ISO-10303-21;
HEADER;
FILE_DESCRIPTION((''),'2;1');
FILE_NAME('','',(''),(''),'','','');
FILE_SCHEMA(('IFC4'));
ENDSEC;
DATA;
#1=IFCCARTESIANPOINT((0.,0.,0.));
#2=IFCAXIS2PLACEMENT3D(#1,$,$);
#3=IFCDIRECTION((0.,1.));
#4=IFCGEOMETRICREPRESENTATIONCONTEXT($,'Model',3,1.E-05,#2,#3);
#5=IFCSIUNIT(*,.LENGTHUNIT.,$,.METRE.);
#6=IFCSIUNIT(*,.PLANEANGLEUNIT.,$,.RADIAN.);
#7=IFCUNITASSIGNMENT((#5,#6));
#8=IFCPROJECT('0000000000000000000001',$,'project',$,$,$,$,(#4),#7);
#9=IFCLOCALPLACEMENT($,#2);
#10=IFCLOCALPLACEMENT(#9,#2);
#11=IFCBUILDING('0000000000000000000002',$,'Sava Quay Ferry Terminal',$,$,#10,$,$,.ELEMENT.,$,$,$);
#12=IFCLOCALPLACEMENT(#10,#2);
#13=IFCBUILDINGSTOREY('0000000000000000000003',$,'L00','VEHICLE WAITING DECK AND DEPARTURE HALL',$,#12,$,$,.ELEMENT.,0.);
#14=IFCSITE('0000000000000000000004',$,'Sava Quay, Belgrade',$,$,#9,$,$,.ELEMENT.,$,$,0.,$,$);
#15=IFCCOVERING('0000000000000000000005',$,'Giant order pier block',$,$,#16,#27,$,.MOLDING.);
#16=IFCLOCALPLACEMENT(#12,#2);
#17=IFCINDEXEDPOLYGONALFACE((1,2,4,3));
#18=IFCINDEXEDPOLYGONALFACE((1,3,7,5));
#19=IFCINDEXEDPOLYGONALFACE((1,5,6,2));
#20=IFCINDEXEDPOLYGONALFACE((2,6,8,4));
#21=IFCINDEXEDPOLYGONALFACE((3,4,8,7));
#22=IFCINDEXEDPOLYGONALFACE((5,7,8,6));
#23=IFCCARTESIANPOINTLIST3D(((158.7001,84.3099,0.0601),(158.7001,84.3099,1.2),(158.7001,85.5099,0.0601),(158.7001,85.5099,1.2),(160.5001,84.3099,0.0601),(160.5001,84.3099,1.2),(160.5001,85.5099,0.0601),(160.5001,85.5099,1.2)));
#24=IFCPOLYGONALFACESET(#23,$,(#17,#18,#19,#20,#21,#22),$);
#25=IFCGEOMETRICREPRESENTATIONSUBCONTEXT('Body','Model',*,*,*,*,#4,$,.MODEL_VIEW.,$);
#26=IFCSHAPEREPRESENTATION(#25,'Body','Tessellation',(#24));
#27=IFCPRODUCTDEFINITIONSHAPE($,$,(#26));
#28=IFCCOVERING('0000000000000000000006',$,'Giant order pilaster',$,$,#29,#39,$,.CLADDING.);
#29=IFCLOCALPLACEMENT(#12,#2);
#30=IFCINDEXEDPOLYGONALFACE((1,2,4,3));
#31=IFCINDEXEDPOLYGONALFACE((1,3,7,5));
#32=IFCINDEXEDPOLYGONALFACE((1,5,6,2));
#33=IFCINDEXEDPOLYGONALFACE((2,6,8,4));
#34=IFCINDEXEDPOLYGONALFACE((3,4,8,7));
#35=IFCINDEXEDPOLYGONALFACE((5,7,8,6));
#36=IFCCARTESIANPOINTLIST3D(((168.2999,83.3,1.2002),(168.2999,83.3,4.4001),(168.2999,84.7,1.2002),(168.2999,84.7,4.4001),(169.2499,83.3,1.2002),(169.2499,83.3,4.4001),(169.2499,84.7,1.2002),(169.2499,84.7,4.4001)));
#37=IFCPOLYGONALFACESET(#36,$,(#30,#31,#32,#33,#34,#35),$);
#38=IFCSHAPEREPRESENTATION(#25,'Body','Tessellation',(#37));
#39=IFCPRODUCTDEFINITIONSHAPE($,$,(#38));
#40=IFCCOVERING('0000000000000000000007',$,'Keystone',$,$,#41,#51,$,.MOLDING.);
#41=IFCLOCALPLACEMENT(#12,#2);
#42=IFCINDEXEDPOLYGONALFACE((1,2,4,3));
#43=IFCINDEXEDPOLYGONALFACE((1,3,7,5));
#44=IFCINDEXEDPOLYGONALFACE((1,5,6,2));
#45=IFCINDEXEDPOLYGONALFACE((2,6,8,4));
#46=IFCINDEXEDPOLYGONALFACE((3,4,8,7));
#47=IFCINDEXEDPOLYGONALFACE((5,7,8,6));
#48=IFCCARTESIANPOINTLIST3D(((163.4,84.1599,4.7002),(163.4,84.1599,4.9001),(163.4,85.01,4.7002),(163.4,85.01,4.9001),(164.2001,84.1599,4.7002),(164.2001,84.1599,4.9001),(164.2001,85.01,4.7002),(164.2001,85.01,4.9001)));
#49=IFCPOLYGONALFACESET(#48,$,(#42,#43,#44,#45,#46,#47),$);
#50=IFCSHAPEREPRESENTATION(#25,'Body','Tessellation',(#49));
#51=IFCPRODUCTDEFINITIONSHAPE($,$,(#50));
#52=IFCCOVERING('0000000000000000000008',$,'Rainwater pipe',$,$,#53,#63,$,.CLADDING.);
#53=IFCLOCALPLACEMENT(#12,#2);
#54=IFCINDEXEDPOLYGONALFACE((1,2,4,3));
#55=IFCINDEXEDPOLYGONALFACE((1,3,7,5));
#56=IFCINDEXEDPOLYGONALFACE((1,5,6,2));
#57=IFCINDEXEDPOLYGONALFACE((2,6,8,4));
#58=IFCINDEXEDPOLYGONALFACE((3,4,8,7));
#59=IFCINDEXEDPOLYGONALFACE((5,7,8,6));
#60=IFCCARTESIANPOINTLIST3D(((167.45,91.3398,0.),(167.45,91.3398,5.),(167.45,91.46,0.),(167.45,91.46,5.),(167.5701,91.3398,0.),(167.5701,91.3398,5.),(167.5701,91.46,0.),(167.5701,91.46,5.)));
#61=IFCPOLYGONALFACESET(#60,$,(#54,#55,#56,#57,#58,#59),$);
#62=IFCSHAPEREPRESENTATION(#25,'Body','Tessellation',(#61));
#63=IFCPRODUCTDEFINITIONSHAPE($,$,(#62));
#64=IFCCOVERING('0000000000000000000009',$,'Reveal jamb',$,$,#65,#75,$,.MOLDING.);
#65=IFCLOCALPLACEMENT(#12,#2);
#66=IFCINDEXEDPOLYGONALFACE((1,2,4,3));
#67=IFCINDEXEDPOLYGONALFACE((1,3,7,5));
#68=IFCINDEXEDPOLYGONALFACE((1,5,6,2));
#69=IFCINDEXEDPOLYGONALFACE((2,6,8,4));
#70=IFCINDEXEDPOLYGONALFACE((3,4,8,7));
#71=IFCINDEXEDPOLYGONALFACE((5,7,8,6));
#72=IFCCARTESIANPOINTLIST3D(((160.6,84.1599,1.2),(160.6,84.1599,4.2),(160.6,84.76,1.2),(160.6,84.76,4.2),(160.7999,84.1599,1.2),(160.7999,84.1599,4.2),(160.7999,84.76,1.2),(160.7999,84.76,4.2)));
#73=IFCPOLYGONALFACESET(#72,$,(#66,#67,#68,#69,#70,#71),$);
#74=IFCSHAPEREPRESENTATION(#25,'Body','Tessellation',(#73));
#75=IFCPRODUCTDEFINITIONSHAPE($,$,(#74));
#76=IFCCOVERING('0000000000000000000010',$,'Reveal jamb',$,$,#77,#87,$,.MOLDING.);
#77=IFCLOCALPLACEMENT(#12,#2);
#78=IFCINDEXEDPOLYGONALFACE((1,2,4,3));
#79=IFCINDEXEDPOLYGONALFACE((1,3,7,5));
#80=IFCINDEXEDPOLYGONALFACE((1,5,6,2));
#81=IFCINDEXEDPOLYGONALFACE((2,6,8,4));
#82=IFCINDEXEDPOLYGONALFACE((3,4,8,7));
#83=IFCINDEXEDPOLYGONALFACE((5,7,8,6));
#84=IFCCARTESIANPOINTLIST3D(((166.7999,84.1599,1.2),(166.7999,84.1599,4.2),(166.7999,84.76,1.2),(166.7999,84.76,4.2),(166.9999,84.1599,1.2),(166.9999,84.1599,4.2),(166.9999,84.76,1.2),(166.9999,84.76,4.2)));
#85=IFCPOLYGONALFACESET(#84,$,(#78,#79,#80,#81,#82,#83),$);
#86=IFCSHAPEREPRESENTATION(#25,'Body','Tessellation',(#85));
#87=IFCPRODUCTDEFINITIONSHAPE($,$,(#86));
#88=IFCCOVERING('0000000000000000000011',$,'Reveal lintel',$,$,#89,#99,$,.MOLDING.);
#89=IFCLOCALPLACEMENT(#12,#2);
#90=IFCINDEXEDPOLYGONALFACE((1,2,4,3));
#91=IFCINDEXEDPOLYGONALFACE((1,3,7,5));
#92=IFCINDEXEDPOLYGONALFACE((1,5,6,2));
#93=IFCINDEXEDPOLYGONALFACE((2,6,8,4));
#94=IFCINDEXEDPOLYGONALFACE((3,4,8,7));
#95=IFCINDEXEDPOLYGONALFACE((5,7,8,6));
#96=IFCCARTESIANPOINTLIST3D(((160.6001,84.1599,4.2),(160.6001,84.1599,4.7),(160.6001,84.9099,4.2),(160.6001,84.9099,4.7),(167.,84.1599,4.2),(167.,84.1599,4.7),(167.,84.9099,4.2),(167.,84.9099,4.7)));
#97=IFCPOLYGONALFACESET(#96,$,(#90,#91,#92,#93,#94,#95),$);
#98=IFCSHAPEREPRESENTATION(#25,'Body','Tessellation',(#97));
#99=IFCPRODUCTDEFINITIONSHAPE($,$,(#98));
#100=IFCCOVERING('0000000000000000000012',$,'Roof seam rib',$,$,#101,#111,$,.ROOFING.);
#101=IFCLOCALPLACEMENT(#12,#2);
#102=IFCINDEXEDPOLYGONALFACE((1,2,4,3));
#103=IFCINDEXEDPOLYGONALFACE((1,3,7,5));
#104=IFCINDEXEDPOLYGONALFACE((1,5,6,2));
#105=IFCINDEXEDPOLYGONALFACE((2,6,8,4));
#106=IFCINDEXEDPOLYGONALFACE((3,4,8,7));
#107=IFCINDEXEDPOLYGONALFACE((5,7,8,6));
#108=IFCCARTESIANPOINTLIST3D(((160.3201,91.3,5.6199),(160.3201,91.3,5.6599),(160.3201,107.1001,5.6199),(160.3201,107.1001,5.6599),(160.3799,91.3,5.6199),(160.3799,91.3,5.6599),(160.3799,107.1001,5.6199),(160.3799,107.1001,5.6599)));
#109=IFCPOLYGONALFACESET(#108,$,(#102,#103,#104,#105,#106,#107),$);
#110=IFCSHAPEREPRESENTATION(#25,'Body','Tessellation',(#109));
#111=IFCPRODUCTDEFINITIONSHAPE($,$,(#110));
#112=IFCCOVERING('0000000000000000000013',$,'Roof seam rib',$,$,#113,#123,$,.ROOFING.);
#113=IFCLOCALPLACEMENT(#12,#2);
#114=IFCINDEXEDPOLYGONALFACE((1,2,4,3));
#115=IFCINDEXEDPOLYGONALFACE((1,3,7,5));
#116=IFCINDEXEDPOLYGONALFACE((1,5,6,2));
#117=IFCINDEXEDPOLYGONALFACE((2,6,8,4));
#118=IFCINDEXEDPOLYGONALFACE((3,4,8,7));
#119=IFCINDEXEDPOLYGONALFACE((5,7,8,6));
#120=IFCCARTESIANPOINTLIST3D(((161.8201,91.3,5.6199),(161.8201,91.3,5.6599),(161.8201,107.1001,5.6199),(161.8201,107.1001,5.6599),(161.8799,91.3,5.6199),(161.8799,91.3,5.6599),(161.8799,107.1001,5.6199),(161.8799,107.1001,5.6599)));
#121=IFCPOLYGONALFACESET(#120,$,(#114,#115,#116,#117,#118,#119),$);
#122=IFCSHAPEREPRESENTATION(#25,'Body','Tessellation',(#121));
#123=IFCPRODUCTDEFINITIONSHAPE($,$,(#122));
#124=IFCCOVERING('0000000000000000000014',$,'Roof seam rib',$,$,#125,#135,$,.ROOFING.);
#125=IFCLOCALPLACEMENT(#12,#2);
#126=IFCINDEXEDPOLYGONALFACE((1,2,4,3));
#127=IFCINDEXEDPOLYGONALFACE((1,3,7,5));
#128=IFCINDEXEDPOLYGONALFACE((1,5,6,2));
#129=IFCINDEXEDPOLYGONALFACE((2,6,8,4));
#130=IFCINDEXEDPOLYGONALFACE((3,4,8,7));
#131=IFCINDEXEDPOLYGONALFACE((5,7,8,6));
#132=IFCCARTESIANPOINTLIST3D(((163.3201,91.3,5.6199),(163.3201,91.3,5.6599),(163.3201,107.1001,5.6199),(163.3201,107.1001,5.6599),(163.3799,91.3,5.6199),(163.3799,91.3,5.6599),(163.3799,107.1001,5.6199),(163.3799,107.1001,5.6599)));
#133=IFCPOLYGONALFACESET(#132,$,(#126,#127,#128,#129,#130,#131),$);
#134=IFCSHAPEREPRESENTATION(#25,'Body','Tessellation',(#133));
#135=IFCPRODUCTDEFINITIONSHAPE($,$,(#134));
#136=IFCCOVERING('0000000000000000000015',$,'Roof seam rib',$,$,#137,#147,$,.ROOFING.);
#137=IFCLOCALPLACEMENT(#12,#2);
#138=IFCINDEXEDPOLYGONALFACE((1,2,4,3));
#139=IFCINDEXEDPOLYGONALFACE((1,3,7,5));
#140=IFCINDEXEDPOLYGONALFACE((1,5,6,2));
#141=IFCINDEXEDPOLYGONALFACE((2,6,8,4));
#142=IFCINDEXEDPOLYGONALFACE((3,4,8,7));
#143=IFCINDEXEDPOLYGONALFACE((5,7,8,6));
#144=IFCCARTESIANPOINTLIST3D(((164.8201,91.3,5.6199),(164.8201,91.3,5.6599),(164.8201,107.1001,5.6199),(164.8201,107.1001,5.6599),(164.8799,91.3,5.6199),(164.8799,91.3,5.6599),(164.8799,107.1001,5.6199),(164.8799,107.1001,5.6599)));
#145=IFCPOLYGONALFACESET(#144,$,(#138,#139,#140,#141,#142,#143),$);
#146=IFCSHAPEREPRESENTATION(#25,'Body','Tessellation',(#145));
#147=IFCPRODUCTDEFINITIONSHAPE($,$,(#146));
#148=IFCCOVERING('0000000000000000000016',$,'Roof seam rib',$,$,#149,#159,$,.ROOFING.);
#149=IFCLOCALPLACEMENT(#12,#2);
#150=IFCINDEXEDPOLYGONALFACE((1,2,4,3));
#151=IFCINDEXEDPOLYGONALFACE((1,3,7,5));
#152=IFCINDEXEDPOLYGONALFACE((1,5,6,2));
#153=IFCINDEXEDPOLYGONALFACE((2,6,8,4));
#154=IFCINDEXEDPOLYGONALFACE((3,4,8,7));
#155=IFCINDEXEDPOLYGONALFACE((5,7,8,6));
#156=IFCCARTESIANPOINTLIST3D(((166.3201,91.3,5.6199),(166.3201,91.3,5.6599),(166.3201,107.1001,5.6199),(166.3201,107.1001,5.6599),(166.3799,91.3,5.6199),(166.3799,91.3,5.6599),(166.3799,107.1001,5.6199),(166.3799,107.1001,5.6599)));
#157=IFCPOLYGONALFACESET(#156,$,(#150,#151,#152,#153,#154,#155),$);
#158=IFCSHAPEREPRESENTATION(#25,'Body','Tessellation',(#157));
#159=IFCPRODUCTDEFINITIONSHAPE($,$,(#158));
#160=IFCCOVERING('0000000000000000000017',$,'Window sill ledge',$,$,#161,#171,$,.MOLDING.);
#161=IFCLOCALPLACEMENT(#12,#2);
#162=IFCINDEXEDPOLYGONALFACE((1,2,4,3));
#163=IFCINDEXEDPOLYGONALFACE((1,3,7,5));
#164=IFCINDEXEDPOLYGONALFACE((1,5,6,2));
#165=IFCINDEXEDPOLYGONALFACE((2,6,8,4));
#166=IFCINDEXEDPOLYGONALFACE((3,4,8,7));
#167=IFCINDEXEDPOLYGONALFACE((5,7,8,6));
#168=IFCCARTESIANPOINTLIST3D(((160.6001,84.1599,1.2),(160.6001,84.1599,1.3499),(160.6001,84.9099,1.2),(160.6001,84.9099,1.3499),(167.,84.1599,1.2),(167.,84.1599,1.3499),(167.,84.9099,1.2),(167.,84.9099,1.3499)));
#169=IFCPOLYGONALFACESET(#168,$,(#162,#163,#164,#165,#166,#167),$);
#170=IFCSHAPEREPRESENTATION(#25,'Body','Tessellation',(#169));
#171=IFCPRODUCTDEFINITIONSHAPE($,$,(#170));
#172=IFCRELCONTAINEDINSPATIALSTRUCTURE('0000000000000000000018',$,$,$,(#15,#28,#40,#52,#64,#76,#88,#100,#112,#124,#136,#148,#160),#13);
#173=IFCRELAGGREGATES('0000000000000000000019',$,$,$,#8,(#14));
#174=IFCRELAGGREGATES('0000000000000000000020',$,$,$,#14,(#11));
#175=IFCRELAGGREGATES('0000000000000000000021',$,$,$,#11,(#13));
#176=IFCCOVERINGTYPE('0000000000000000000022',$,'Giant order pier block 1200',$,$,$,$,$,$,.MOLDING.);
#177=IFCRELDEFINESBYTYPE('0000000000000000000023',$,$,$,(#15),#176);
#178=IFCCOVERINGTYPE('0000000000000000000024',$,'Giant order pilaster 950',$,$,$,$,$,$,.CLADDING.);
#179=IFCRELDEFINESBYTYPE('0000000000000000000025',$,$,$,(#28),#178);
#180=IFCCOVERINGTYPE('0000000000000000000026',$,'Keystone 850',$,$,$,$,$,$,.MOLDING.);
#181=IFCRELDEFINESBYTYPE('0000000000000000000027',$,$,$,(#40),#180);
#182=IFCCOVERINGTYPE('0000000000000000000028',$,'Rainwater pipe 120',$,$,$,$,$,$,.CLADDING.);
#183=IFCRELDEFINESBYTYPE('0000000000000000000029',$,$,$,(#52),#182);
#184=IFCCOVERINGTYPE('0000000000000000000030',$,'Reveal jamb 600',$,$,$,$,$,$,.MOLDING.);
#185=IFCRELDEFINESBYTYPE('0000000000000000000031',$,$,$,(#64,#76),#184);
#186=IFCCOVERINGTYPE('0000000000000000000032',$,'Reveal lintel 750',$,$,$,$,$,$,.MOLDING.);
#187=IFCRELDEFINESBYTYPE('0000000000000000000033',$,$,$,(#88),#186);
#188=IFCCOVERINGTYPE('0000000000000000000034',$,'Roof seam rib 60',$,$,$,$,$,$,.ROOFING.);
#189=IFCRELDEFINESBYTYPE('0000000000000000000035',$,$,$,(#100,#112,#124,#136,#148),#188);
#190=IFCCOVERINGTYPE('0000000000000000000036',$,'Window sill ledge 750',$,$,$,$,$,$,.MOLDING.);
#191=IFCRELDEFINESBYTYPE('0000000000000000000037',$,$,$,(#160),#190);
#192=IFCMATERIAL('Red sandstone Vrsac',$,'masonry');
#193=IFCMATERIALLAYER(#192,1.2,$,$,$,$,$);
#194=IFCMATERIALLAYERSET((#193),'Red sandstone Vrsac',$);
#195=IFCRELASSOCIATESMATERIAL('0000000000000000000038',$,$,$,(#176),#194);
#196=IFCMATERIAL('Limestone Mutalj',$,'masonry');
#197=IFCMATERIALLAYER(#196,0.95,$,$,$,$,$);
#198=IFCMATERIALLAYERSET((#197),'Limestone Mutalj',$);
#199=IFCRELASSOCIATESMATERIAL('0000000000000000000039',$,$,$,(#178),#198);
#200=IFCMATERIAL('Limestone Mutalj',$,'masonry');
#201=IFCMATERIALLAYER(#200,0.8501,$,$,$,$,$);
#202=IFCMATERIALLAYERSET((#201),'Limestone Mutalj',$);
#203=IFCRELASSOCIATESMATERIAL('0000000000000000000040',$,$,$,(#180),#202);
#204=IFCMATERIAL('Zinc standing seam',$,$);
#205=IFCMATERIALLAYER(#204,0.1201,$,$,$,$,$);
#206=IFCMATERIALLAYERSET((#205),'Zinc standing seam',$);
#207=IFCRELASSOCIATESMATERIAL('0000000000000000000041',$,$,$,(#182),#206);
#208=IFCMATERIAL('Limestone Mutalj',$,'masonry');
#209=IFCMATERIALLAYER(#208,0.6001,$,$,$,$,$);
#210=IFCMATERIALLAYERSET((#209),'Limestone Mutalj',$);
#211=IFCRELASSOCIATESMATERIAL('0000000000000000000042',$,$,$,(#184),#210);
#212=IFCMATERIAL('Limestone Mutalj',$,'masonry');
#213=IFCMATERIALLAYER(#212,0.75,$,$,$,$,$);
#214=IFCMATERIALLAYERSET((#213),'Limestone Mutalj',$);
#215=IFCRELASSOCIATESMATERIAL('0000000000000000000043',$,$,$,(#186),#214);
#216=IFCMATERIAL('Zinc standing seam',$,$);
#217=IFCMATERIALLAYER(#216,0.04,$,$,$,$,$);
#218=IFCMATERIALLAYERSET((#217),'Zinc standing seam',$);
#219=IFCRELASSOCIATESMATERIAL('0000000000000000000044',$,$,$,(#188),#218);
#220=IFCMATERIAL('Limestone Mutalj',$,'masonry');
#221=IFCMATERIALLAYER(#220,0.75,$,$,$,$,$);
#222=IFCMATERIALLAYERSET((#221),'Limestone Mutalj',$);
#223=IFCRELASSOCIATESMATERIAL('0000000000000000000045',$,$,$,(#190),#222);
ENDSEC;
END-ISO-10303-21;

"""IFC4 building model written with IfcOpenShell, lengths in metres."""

from ifc_helpers import new_model, si_unit, direction, frame, origin, origin_2d, place, context, subcontext, project, spatial, polyline, rectangle, outline, extrude, material, layer, layer_set, type_object, element, save


model = new_model("IFC4")

# Units and contexts
model_context = context("Model", 3, precision=1e-05, world=origin(), true_north=direction((0.0, 1.0)))
body_context = subcontext(model_context, "Body", "Model", "MODEL_VIEW")
ifc_project = project(units=[si_unit("LENGTHUNIT", "METRE"), si_unit("PLANEANGLEUNIT", "RADIAN")], contexts=[model_context])

# Site, building, storey
site_placement = place(None, origin())
site = spatial("IfcSite", under=ifc_project, at=site_placement, Name="Sava Quay, Belgrade", CompositionType="ELEMENT", RefElevation=0.0)
building_placement = place(site_placement, origin())
building = spatial("IfcBuilding", under=site, at=building_placement, Name="Sava Quay Ferry Terminal", CompositionType="ELEMENT")
storey_placement = place(building_placement, origin())
storey = spatial("IfcBuildingStorey", under=building, at=storey_placement, Name="L00", Description="VEHICLE WAITING DECK AND DEPARTURE HALL", CompositionType="ELEMENT", Elevation=0.0)

# Coverings
ifc_material_1 = material(Name="Red sandstone Vrsac", Category="masonry")
ifc_layer_1 = layer(ifc_material_1, 1.2)
ifc_layer_set_1 = layer_set([ifc_layer_1], Name="Red sandstone Vrsac")
covering_type_1 = type_object("IfcCoveringType", Name="Giant order pier block 1200", PredefinedType="MOLDING", material=ifc_layer_set_1)
covering_1_placement = place(storey_placement, frame((159.6001, 84.9099, 0.0601), z_axis=(0.0, 0.0, 1.0), x_axis=(1.0, 0.0, 0.0)))
element("IfcCovering", 1, at=covering_1_placement, inside=storey, type_object=covering_type_1, Name="Giant order pier block", PredefinedType="MOLDING", context=body_context, shape_type="SweptSolid", body=[
    extrude(rectangle(XDim=1.8, YDim=1.2, at=origin_2d()), origin(), (0.0, 0.0, 1.0), 1.1399),
])
ifc_material_2 = material(Name="Limestone Mutalj", Category="masonry")
ifc_layer_2 = layer(ifc_material_2, 0.95)
ifc_layer_set_2 = layer_set([ifc_layer_2], Name="Limestone Mutalj")
covering_type_2 = type_object("IfcCoveringType", Name="Giant order pilaster 950", PredefinedType="CLADDING", material=ifc_layer_set_2)
covering_2_placement = place(storey_placement, frame((168.7749, 84.0, 1.2002), z_axis=(0.0, 0.0, 1.0), x_axis=(1.0, 0.0, 0.0)))
element("IfcCovering", 2, at=covering_2_placement, inside=storey, type_object=covering_type_2, Name="Giant order pilaster", PredefinedType="CLADDING", context=body_context, shape_type="SweptSolid", body=[
    extrude(rectangle(XDim=0.95, YDim=1.3999, at=origin_2d()), origin(), (0.0, 0.0, 1.0), 3.2),
])
ifc_material_3 = material(Name="Limestone Mutalj", Category="masonry")
ifc_layer_3 = layer(ifc_material_3, 0.8501)
ifc_layer_set_3 = layer_set([ifc_layer_3], Name="Limestone Mutalj")
covering_type_3 = type_object("IfcCoveringType", Name="Keystone 850", PredefinedType="MOLDING", material=ifc_layer_set_3)
covering_3_placement = place(storey_placement, frame((163.8, 84.585, 4.7002), z_axis=(0.0, 0.0, 1.0), x_axis=(1.0, 0.0, 0.0)))
element("IfcCovering", 3, at=covering_3_placement, inside=storey, type_object=covering_type_3, Name="Keystone", PredefinedType="MOLDING", context=body_context, shape_type="SweptSolid", body=[
    extrude(rectangle(XDim=0.8, YDim=0.8501, at=origin_2d()), origin(), (0.0, 0.0, 1.0), 0.2),
])
ifc_material_4 = material(Name="Zinc standing seam")
ifc_layer_4 = layer(ifc_material_4, 0.1201)
ifc_layer_set_4 = layer_set([ifc_layer_4], Name="Zinc standing seam")
covering_type_4 = type_object("IfcCoveringType", Name="Rainwater pipe 120", PredefinedType="CLADDING", material=ifc_layer_set_4)
covering_4_placement = place(storey_placement, frame((167.51, 91.3999, 0.0), z_axis=(0.0, 0.0, 1.0), x_axis=(1.0, 0.0, 0.0)))
element("IfcCovering", 4, at=covering_4_placement, inside=storey, type_object=covering_type_4, Name="Rainwater pipe", PredefinedType="CLADDING", context=body_context, shape_type="SweptSolid", body=[
    extrude(rectangle(XDim=0.1201, YDim=0.1201, at=origin_2d()), origin(), (0.0, 0.0, 1.0), 5.0),
])
ifc_material_5 = material(Name="Limestone Mutalj", Category="masonry")
ifc_layer_5 = layer(ifc_material_5, 0.6001)
ifc_layer_set_5 = layer_set([ifc_layer_5], Name="Limestone Mutalj")
covering_type_5 = type_object("IfcCoveringType", Name="Reveal jamb 600", PredefinedType="MOLDING", material=ifc_layer_set_5)
for number, where, z_axis, x_axis, name in (
    (5, (160.7, 84.46, 1.2), (0.0, 0.0, 1.0), (1.0, 0.0, 0.0), "Reveal jamb"),
    (6, (166.8999, 84.46, 1.2), (0.0, 0.0, 1.0), (1.0, 0.0, 0.0), "Reveal jamb"),
):
    element("IfcCovering", number, at=place(storey_placement, frame(where, z_axis=z_axis, x_axis=x_axis)), inside=storey, type_object=covering_type_5, Name=name, PredefinedType="MOLDING", context=body_context, shape_type="SweptSolid", body=[
        extrude(rectangle(XDim=0.2, YDim=0.6001, at=origin_2d()), origin(), (0.0, 0.0, 1.0), 3.0),
    ])
ifc_material_6 = material(Name="Limestone Mutalj", Category="masonry")
ifc_layer_6 = layer(ifc_material_6, 0.75)
ifc_layer_set_6 = layer_set([ifc_layer_6], Name="Limestone Mutalj")
covering_type_6 = type_object("IfcCoveringType", Name="Reveal lintel 750", PredefinedType="MOLDING", material=ifc_layer_set_6)
covering_5_placement = place(storey_placement, frame((163.8, 84.5349, 4.2), z_axis=(0.0, 0.0, 1.0), x_axis=(1.0, 0.0, 0.0)))
element("IfcCovering", 7, at=covering_5_placement, inside=storey, type_object=covering_type_6, Name="Reveal lintel", PredefinedType="MOLDING", context=body_context, shape_type="SweptSolid", body=[
    extrude(rectangle(XDim=6.3999, YDim=0.75, at=origin_2d()), origin(), (0.0, 0.0, 1.0), 0.5),
])
ifc_material_7 = material(Name="Zinc standing seam")
ifc_layer_7 = layer(ifc_material_7, 0.04)
ifc_layer_set_7 = layer_set([ifc_layer_7], Name="Zinc standing seam")
covering_type_7 = type_object("IfcCoveringType", Name="Roof seam rib 60", PredefinedType="ROOFING", material=ifc_layer_set_7)
for number, where, z_axis, x_axis, name in (
    (8, (160.3201, 91.3, 5.6599), (0.0, 0.0, 1.0), (0.0, 1.0, 0.0), "Roof seam rib"),
    (9, (161.8201, 91.3, 5.6599), (0.0, 0.0, 1.0), (0.0, 1.0, 0.0), "Roof seam rib"),
    (10, (163.3201, 91.3, 5.6599), (0.0, 0.0, 1.0), (0.0, 1.0, 0.0), "Roof seam rib"),
    (11, (164.8201, 91.3, 5.6599), (0.0, 0.0, 1.0), (0.0, 1.0, 0.0), "Roof seam rib"),
    (12, (166.3201, 91.3, 5.6599), (0.0, 0.0, 1.0), (0.0, 1.0, 0.0), "Roof seam rib"),
):
    element("IfcCovering", number, at=place(storey_placement, frame(where, z_axis=z_axis, x_axis=x_axis)), inside=storey, type_object=covering_type_7, Name=name, PredefinedType="ROOFING", context=body_context, shape_type="SweptSolid", body=[
        extrude(outline(polyline([(0.0, 0.0), (15.8, 0.0), (15.8, -0.0598), (0.0, -0.0598), (0.0, 0.0)])), origin(), (0.0, 0.0, -1.0), 0.04),
    ])
ifc_material_8 = material(Name="Limestone Mutalj", Category="masonry")
ifc_layer_8 = layer(ifc_material_8, 0.75)
ifc_layer_set_8 = layer_set([ifc_layer_8], Name="Limestone Mutalj")
covering_type_8 = type_object("IfcCoveringType", Name="Window sill ledge 750", PredefinedType="MOLDING", material=ifc_layer_set_8)
covering_6_placement = place(storey_placement, frame((163.8, 84.5349, 1.2), z_axis=(0.0, 0.0, 1.0), x_axis=(1.0, 0.0, 0.0)))
element("IfcCovering", 13, at=covering_6_placement, inside=storey, type_object=covering_type_8, Name="Window sill ledge", PredefinedType="MOLDING", context=body_context, shape_type="SweptSolid", body=[
    extrude(rectangle(XDim=6.3999, YDim=0.75, at=origin_2d()), origin(), (0.0, 0.0, 1.0), 0.1499),
])

save(model, "model.ifc")
